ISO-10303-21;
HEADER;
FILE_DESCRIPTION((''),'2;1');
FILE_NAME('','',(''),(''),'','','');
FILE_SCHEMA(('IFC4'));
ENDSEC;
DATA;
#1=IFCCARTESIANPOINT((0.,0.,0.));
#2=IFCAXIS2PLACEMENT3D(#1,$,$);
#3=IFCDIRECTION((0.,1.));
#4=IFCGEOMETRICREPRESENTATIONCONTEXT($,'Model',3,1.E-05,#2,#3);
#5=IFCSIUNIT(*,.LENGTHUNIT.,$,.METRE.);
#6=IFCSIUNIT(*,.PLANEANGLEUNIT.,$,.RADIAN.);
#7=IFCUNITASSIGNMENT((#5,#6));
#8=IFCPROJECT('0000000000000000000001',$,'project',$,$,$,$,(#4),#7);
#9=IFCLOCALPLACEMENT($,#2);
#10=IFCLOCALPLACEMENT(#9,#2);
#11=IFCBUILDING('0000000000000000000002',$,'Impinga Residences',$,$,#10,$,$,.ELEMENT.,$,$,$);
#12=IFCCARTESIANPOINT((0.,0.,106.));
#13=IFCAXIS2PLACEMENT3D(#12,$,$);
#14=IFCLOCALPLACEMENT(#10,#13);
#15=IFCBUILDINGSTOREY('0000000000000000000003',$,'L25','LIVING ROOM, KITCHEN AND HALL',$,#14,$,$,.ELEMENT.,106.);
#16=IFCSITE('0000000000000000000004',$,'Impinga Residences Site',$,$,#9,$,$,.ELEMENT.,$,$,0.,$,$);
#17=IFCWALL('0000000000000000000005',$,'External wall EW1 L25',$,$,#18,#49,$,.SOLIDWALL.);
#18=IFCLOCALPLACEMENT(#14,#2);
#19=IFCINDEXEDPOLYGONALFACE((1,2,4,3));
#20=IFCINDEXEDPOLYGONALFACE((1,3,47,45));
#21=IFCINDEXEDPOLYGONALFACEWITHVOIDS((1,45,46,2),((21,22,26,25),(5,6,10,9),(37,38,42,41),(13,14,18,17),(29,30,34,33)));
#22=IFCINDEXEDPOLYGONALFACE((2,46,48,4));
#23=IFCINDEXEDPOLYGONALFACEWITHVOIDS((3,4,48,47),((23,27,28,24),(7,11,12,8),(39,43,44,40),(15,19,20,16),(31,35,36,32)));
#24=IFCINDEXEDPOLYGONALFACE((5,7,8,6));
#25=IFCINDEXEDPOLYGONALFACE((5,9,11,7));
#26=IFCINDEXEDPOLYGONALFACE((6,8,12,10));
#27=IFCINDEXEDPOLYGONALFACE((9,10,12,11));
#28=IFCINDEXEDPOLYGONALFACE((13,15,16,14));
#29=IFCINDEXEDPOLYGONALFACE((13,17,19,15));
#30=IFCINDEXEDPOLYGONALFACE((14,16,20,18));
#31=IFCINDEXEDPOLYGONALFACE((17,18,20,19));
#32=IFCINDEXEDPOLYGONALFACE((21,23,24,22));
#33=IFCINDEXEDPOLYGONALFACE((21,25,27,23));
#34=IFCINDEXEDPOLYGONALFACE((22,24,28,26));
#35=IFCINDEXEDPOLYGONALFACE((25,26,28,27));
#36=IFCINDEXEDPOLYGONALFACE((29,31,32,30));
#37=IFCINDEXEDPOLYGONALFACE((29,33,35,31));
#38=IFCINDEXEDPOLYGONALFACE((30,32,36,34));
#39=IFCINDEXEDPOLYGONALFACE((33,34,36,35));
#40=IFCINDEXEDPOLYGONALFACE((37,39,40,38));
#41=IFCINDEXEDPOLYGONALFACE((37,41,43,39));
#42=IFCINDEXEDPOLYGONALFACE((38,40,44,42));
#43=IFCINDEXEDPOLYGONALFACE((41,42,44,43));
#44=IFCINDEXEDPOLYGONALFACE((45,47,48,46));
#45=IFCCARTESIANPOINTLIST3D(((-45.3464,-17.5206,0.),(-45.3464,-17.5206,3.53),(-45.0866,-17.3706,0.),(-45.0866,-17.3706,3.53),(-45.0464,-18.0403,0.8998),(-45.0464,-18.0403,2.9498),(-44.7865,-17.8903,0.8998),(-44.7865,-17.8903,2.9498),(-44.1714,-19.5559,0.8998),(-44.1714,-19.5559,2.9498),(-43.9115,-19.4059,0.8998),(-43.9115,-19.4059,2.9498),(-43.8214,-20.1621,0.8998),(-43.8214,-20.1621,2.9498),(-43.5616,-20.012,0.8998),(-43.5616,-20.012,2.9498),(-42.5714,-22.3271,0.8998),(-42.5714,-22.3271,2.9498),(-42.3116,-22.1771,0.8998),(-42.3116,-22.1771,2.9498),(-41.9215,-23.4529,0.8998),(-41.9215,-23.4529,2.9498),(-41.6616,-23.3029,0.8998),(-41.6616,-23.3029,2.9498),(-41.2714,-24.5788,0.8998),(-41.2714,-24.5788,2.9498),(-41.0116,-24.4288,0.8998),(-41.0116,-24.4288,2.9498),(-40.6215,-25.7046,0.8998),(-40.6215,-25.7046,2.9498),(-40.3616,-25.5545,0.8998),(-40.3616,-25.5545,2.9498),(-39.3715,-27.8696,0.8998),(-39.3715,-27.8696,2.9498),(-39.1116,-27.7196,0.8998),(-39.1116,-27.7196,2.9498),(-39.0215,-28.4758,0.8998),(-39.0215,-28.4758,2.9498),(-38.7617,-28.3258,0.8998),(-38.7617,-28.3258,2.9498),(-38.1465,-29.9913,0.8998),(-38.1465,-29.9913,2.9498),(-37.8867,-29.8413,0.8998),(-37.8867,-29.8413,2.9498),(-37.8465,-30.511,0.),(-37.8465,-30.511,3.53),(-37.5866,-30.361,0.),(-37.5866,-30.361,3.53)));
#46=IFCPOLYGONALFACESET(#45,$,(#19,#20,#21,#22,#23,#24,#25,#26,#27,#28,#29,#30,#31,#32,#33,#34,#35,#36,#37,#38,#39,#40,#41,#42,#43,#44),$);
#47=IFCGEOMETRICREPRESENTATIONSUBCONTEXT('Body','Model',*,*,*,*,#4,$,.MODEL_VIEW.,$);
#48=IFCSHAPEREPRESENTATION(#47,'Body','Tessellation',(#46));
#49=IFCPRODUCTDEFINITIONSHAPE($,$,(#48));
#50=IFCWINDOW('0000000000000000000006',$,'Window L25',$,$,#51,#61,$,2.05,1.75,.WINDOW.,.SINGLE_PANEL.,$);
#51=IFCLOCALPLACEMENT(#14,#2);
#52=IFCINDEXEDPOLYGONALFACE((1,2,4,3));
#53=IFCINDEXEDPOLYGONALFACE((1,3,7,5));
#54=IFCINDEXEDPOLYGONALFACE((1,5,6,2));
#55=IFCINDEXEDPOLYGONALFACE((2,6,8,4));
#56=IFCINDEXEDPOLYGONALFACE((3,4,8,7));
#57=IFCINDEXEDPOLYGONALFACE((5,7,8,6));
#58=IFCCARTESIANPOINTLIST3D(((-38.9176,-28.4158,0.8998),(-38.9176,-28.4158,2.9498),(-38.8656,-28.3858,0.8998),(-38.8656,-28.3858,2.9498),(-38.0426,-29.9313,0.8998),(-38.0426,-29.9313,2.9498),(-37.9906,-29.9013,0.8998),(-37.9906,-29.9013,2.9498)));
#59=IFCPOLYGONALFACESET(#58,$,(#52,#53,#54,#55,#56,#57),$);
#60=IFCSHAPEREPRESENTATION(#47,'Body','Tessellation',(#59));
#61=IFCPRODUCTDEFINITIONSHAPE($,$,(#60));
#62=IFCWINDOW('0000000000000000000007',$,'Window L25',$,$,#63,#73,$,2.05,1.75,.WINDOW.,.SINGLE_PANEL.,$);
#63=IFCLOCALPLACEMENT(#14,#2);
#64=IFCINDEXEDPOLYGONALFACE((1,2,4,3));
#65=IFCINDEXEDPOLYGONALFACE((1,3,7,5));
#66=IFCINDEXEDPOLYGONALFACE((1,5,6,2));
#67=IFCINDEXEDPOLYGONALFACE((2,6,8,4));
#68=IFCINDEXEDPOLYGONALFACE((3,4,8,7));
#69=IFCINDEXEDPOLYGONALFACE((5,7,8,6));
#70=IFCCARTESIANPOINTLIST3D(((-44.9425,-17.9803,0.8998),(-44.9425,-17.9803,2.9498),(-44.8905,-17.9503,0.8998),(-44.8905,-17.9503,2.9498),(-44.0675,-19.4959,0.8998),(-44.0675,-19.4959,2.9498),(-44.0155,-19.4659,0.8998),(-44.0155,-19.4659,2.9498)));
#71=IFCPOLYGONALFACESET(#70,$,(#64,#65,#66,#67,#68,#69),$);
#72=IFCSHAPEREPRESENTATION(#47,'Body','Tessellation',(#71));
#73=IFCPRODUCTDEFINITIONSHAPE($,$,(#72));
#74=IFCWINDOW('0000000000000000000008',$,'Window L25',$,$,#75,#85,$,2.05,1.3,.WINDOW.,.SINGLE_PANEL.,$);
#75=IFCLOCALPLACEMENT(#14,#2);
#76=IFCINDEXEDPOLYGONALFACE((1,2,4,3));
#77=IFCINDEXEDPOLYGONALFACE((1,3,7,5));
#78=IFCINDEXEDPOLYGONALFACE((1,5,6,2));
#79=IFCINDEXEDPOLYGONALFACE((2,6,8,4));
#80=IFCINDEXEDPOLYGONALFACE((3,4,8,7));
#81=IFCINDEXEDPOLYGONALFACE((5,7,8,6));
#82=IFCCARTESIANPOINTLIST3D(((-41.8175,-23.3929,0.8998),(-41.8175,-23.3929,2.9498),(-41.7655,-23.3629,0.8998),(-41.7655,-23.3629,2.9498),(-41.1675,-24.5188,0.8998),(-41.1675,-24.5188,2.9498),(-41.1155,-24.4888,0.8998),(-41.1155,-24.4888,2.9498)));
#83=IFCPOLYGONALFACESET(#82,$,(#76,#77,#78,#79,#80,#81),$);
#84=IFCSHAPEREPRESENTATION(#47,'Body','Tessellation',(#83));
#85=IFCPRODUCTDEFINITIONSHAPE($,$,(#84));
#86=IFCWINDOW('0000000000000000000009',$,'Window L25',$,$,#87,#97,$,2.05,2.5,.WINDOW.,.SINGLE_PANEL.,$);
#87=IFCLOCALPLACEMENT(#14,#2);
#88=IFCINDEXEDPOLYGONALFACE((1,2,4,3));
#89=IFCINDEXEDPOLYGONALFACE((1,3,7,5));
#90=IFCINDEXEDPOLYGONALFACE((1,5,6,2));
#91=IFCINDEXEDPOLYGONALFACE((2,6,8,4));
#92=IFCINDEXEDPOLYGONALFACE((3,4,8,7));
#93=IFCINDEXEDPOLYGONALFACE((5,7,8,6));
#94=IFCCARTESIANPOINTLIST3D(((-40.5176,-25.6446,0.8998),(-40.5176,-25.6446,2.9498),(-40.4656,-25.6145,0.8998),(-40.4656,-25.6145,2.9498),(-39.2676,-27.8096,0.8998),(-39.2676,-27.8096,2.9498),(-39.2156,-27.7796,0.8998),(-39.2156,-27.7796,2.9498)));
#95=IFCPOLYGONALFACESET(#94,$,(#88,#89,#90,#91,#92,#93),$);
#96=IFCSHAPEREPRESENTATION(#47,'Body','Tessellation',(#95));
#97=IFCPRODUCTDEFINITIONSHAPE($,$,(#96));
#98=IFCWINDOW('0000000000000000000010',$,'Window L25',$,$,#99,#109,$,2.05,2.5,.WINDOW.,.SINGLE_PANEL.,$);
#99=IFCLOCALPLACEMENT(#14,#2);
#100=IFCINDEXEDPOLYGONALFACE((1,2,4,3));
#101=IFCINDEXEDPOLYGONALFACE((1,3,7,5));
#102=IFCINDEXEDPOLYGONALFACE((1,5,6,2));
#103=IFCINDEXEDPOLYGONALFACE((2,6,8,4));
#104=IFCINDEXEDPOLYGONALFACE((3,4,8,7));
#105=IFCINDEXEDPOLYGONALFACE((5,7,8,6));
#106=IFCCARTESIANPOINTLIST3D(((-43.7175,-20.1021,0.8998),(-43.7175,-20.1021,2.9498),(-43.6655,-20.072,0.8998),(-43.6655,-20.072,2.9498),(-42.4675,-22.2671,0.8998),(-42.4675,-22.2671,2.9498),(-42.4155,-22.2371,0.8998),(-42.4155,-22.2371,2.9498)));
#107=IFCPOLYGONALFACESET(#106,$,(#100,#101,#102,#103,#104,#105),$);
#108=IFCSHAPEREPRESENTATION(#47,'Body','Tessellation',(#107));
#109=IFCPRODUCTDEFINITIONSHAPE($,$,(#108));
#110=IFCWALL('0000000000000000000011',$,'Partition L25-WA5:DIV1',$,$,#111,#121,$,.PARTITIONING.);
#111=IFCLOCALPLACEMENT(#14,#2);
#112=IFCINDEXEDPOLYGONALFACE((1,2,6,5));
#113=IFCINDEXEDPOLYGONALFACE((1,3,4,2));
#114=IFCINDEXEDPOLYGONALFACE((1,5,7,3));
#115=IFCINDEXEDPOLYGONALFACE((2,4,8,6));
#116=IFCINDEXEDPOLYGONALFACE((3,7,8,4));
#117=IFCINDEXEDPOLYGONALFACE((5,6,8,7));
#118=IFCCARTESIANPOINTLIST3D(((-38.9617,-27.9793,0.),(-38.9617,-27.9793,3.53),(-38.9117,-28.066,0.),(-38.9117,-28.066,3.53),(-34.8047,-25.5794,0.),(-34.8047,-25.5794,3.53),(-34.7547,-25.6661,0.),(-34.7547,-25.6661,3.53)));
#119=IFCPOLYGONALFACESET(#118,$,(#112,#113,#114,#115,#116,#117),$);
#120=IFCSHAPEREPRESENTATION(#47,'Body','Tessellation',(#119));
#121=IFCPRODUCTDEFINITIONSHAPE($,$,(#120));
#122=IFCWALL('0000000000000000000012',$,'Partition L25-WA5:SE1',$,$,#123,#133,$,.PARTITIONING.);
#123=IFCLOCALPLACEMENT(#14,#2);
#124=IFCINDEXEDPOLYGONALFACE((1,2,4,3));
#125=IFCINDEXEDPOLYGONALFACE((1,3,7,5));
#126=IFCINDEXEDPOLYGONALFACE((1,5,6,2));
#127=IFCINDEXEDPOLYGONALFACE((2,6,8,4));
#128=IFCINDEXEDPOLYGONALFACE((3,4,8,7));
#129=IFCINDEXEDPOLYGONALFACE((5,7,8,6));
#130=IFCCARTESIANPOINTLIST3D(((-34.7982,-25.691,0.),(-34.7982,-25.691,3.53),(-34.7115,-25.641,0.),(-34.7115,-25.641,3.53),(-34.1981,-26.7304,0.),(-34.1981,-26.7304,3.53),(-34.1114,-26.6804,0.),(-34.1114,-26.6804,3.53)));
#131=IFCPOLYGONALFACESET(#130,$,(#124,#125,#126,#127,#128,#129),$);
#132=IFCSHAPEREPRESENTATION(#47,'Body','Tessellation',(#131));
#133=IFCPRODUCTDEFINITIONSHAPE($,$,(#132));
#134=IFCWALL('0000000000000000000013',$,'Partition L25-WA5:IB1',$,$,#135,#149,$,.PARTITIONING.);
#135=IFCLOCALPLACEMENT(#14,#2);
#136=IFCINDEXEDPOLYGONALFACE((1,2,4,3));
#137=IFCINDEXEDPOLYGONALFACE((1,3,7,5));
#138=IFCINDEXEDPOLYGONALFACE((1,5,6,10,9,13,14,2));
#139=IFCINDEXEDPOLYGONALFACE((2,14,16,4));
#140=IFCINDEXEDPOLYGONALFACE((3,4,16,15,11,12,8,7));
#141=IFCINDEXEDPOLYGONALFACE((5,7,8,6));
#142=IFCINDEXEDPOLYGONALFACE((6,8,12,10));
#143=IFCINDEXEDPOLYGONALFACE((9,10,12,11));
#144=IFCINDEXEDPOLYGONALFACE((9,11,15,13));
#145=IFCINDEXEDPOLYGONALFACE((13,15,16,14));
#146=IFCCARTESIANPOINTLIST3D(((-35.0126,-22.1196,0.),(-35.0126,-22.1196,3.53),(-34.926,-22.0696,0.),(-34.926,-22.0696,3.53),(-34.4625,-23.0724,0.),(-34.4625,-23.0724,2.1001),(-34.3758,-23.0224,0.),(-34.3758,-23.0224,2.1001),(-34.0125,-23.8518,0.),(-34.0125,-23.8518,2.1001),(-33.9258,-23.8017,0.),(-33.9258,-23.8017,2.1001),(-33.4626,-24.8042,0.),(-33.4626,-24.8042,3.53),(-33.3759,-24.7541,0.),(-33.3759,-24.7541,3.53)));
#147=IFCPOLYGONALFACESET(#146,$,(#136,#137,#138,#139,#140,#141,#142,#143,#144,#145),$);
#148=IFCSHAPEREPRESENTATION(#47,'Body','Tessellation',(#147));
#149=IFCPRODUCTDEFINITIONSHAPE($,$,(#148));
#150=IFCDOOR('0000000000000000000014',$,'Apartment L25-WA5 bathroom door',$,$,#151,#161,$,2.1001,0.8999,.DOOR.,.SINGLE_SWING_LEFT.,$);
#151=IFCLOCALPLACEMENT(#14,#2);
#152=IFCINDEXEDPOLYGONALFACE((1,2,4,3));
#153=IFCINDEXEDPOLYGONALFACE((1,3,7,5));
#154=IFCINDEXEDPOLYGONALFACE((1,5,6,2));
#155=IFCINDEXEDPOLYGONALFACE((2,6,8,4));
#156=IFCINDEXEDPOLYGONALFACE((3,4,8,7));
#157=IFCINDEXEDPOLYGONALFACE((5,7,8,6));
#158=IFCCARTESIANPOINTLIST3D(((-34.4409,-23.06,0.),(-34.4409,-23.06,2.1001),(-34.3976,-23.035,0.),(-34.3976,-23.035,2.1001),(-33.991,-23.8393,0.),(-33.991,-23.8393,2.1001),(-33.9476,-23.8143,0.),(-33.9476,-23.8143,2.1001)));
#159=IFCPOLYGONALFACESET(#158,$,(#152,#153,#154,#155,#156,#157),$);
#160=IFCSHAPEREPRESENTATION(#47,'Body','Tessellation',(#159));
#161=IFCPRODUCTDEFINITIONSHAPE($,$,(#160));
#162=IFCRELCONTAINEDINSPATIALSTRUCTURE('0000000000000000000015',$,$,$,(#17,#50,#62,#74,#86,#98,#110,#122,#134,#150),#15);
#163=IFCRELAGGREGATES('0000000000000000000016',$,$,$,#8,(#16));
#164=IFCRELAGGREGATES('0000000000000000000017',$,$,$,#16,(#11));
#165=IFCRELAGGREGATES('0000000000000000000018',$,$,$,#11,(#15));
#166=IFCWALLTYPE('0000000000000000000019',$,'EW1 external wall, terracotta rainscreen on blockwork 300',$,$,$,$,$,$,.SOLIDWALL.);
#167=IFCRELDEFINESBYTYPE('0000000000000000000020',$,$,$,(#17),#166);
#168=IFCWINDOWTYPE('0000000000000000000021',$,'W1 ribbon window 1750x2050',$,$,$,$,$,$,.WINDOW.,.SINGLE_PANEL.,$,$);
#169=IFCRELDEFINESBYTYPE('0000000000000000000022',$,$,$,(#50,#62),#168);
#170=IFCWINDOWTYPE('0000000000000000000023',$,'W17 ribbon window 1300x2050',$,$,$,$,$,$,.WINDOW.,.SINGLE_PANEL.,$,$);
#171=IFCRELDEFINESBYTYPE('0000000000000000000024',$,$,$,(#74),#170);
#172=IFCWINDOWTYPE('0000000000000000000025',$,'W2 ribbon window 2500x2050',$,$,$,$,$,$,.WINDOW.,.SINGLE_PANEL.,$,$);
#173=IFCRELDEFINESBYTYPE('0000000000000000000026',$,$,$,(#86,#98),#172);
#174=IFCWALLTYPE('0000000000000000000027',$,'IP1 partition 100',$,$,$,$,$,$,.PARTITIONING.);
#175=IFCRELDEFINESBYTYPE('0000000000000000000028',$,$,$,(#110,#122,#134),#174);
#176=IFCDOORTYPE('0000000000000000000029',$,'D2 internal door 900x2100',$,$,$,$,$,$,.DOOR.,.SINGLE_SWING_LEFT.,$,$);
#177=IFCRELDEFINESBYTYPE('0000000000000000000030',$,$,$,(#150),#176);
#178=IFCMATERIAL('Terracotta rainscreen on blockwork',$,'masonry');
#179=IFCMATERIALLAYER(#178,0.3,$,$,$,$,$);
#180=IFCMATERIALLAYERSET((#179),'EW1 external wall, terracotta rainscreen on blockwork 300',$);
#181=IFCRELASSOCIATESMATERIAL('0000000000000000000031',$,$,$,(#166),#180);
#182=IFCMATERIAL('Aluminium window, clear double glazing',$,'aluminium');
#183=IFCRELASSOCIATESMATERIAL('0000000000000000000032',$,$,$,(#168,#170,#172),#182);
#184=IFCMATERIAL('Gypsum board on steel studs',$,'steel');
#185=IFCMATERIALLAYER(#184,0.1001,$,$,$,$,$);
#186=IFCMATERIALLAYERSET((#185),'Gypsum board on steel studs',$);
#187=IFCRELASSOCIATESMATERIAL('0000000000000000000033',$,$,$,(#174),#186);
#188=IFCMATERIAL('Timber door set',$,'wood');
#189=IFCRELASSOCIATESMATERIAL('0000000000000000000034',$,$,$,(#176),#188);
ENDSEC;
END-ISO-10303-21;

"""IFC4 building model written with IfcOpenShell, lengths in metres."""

from ifc_helpers import new_model, si_unit, direction, frame, frame_2d, origin, place, context, subcontext, project, spatial, rectangle, extrude, material, layer, layer_set, type_object, element, fill, save


model = new_model("IFC4")

# Units and contexts
model_context = context("Model", 3, precision=1e-05, world=origin(), true_north=direction((0.0, 1.0)))
body_context = subcontext(model_context, "Body", "Model", "MODEL_VIEW")
ifc_project = project(units=[si_unit("LENGTHUNIT", "METRE"), si_unit("PLANEANGLEUNIT", "RADIAN")], contexts=[model_context])

# Site, building, storey
site_placement = place(None, origin())
site = spatial("IfcSite", under=ifc_project, at=site_placement, Name="Impinga Residences Site", CompositionType="ELEMENT", RefElevation=0.0)
building_placement = place(site_placement, origin())
building = spatial("IfcBuilding", under=site, at=building_placement, Name="Impinga Residences", CompositionType="ELEMENT")
storey_placement = place(building_placement, frame((0.0, 0.0, 106.0)))
storey = spatial("IfcBuildingStorey", under=building, at=storey_placement, Name="L25", Description="LIVING ROOM, KITCHEN AND HALL", CompositionType="ELEMENT", Elevation=106.0)

# Shared definitions
ifc_material_1 = material(Name="Terracotta rainscreen on blockwork", Category="masonry")
ifc_layer_1 = layer(ifc_material_1, 0.3)
ifc_layer_set_1 = layer_set([ifc_layer_1], Name="EW1 external wall, terracotta rainscreen on blockwork 300")
wall_type_1 = type_object("IfcWallType", Name="EW1 external wall, terracotta rainscreen on blockwork 300", PredefinedType="SOLIDWALL", material=ifc_layer_set_1)

# Wall, openings, windows
wall_1_placement = place(storey_placement, frame((-37.7166, -30.436, 0.0), z_axis=(0.0, 0.0, 1.0), x_axis=(-0.499997, 0.866027, 0.0)))
wall_1 = element("IfcWall", 1, at=wall_1_placement, inside=storey, type_object=wall_type_1, Name="External wall EW1 L25", PredefinedType="SOLIDWALL", context=body_context, shape_type="SweptSolid", body=[
    extrude(rectangle(XDim=15.0, YDim=0.3, at=frame_2d((7.5, 0.0))), origin(), (0.0, 0.0, 1.0), 3.53),
])
opening_1_placement = place(wall_1_placement, frame((0.6001, 0.0, 0.8999)))
opening_1 = element("IfcOpeningElement", 2, at=opening_1_placement, cuts=wall_1, PredefinedType="OPENING", context=body_context, shape_type="SweptSolid", body=[
    extrude(rectangle(XDim=1.75, YDim=2.05, at=frame_2d((0.875, 1.0249))), frame((0.0, 0.1599, 0.0), z_axis=(0.0, -1.0, 0.0), x_axis=(1.0, 0.0, 0.0)), (0.0, 0.0, 1.0), 0.3201),
])
opening_2_placement = place(wall_1_placement, frame((3.05, 0.0, 0.8999)))
opening_2 = element("IfcOpeningElement", 3, at=opening_2_placement, cuts=wall_1, PredefinedType="OPENING", context=body_context, shape_type="SweptSolid", body=[
    extrude(rectangle(XDim=2.5, YDim=2.05, at=frame_2d((1.25, 1.0249))), frame((0.0, 0.1599, 0.0), z_axis=(0.0, -1.0, 0.0), x_axis=(1.0, 0.0, 0.0)), (0.0, 0.0, 1.0), 0.3201),
])
opening_3_placement = place(wall_1_placement, frame((6.8501, 0.0, 0.8999)))
opening_3 = element("IfcOpeningElement", 4, at=opening_3_placement, cuts=wall_1, PredefinedType="OPENING", context=body_context, shape_type="SweptSolid", body=[
    extrude(rectangle(XDim=1.3, YDim=2.05, at=frame_2d((0.6499, 1.0249))), frame((0.0, 0.1599, 0.0), z_axis=(0.0, -1.0, 0.0), x_axis=(1.0, 0.0, 0.0)), (0.0, 0.0, 1.0), 0.3201),
])
opening_4_placement = place(wall_1_placement, frame((9.45, 0.0, 0.8999)))
opening_4 = element("IfcOpeningElement", 5, at=opening_4_placement, cuts=wall_1, PredefinedType="OPENING", context=body_context, shape_type="SweptSolid", body=[
    extrude(rectangle(XDim=2.5, YDim=2.05, at=frame_2d((1.25, 1.0249))), frame((0.0, 0.1599, 0.0), z_axis=(0.0, -1.0, 0.0), x_axis=(1.0, 0.0, 0.0)), (0.0, 0.0, 1.0), 0.3201),
])
opening_5_placement = place(wall_1_placement, frame((12.6499, 0.0, 0.8999)))
opening_5 = element("IfcOpeningElement", 6, at=opening_5_placement, cuts=wall_1, PredefinedType="OPENING", context=body_context, shape_type="SweptSolid", body=[
    extrude(rectangle(XDim=1.75, YDim=2.05, at=frame_2d((0.875, 1.0249))), frame((0.0, 0.1599, 0.0), z_axis=(0.0, -1.0, 0.0), x_axis=(1.0, 0.0, 0.0)), (0.0, 0.0, 1.0), 0.3201),
])
ifc_material_2 = material(Name="Aluminium window, clear double glazing", Category="aluminium")
window_type_1 = type_object("IfcWindowType", Name="W1 ribbon window 1750x2050", PartitioningType="SINGLE_PANEL", PredefinedType="WINDOW", material=ifc_material_2)
window_1_placement = place(opening_1_placement, origin())
window_1 = element("IfcWindow", 7, at=window_1_placement, inside=storey, type_object=window_type_1, Name="Window L25", OverallHeight=2.05, OverallWidth=1.75, PartitioningType="SINGLE_PANEL", PredefinedType="WINDOW", context=body_context, shape_type="SweptSolid", body=[
    extrude(rectangle(XDim=1.75, YDim=2.05, at=frame_2d((0.875, 1.0249))), frame((0.0, 0.03, 0.0), z_axis=(0.0, -1.0, 0.0), x_axis=(1.0, 0.0, 0.0)), (0.0, 0.0, 1.0), 0.0601),
])
fill(opening_1, window_1)
window_2_placement = place(opening_5_placement, origin())
window_2 = element("IfcWindow", 8, at=window_2_placement, inside=storey, type_object=window_type_1, Name="Window L25", OverallHeight=2.05, OverallWidth=1.75, PartitioningType="SINGLE_PANEL", PredefinedType="WINDOW", context=body_context, shape_type="SweptSolid", body=[
    extrude(rectangle(XDim=1.75, YDim=2.05, at=frame_2d((0.875, 1.0249))), frame((0.0, 0.03, 0.0), z_axis=(0.0, -1.0, 0.0), x_axis=(1.0, 0.0, 0.0)), (0.0, 0.0, 1.0), 0.0601),
])
fill(opening_5, window_2)
window_type_2 = type_object("IfcWindowType", Name="W17 ribbon window 1300x2050", PartitioningType="SINGLE_PANEL", PredefinedType="WINDOW", material=ifc_material_2)
window_3_placement = place(opening_3_placement, origin())
window_3 = element("IfcWindow", 9, at=window_3_placement, inside=storey, type_object=window_type_2, Name="Window L25", OverallHeight=2.05, OverallWidth=1.3, PartitioningType="SINGLE_PANEL", PredefinedType="WINDOW", context=body_context, shape_type="SweptSolid", body=[
    extrude(rectangle(XDim=1.3, YDim=2.05, at=frame_2d((0.6499, 1.0249))), frame((0.0, 0.03, 0.0), z_axis=(0.0, -1.0, 0.0), x_axis=(1.0, 0.0, 0.0)), (0.0, 0.0, 1.0), 0.0601),
])
fill(opening_3, window_3)
window_type_3 = type_object("IfcWindowType", Name="W2 ribbon window 2500x2050", PartitioningType="SINGLE_PANEL", PredefinedType="WINDOW", material=ifc_material_2)
window_4_placement = place(opening_2_placement, origin())
window_4 = element("IfcWindow", 10, at=window_4_placement, inside=storey, type_object=window_type_3, Name="Window L25", OverallHeight=2.05, OverallWidth=2.5, PartitioningType="SINGLE_PANEL", PredefinedType="WINDOW", context=body_context, shape_type="SweptSolid", body=[
    extrude(rectangle(XDim=2.5, YDim=2.05, at=frame_2d((1.25, 1.0249))), frame((0.0, 0.03, 0.0), z_axis=(0.0, -1.0, 0.0), x_axis=(1.0, 0.0, 0.0)), (0.0, 0.0, 1.0), 0.0601),
])
fill(opening_2, window_4)
window_5_placement = place(opening_4_placement, origin())
window_5 = element("IfcWindow", 11, at=window_5_placement, inside=storey, type_object=window_type_3, Name="Window L25", OverallHeight=2.05, OverallWidth=2.5, PartitioningType="SINGLE_PANEL", PredefinedType="WINDOW", context=body_context, shape_type="SweptSolid", body=[
    extrude(rectangle(XDim=2.5, YDim=2.05, at=frame_2d((1.25, 1.0249))), frame((0.0, 0.03, 0.0), z_axis=(0.0, -1.0, 0.0), x_axis=(1.0, 0.0, 0.0)), (0.0, 0.0, 1.0), 0.0601),
])
fill(opening_4, window_5)

# Walls
ifc_material_3 = material(Name="Gypsum board on steel studs", Category="steel")
ifc_layer_2 = layer(ifc_material_3, 0.1001)
ifc_layer_set_2 = layer_set([ifc_layer_2], Name="Gypsum board on steel studs")
wall_type_2 = type_object("IfcWallType", Name="IP1 partition 100", PredefinedType="PARTITIONING", material=ifc_layer_set_2)
wall_2_placement = place(storey_placement, frame((-34.7798, -25.6228, 0.0), z_axis=(0.0, 0.0, 1.0), x_axis=(-0.866037, -0.499979, 0.0)))
element("IfcWall", 12, at=wall_2_placement, inside=storey, type_object=wall_type_2, Name="Partition L25-WA5:DIV1", PredefinedType="PARTITIONING", context=body_context, shape_type="SweptSolid", body=[
    extrude(rectangle(XDim=4.8, YDim=0.1001, at=frame_2d((2.3999, 0.0))), origin(), (0.0, 0.0, 1.0), 3.53),
])
wall_3_placement = place(storey_placement, frame((-34.7549, -25.666, 0.0), z_axis=(0.0, 0.0, 1.0), x_axis=(0.500034, -0.866006, 0.0)))
element("IfcWall", 13, at=wall_3_placement, inside=storey, type_object=wall_type_2, Name="Partition L25-WA5:SE1", PredefinedType="PARTITIONING", context=body_context, shape_type="SweptSolid", body=[
    extrude(rectangle(XDim=1.2002, YDim=0.1001, at=frame_2d((0.6001, 0.0))), origin(), (0.0, 0.0, 1.0), 3.53),
])

# Wall, opening, door
wall_4_placement = place(storey_placement, frame((-34.9692, -22.0947, 0.0), z_axis=(0.0, 0.0, 1.0), x_axis=(0.500027, -0.86601, 0.0)))
wall_4 = element("IfcWall", 14, at=wall_4_placement, inside=storey, type_object=wall_type_2, Name="Partition L25-WA5:IB1", PredefinedType="PARTITIONING", context=body_context, shape_type="SweptSolid", body=[
    extrude(rectangle(XDim=3.0999, YDim=0.1001, at=frame_2d((1.5498, 0.0))), origin(), (0.0, 0.0, 1.0), 3.53),
])
opening_6_placement = place(wall_4_placement, frame((1.1001, 0.0, 0.0)))
opening_6 = element("IfcOpeningElement", 15, at=opening_6_placement, cuts=wall_4, PredefinedType="OPENING", context=body_context, shape_type="SweptSolid", body=[
    extrude(rectangle(XDim=0.8999, YDim=2.1001, at=frame_2d((0.45, 1.05))), frame((0.0, 0.0601, 0.0), z_axis=(0.0, -1.0, 0.0), x_axis=(1.0, 0.0, 0.0)), (0.0, 0.0, 1.0), 0.1201),
])
ifc_material_4 = material(Name="Timber door set", Category="wood")
door_type = type_object("IfcDoorType", Name="D2 internal door 900x2100", OperationType="SINGLE_SWING_LEFT", PredefinedType="DOOR", material=ifc_material_4)
door_placement = place(opening_6_placement, origin())
door = element("IfcDoor", 16, at=door_placement, inside=storey, type_object=door_type, Name="Apartment L25-WA5 bathroom door", OperationType="SINGLE_SWING_LEFT", OverallHeight=2.1001, OverallWidth=0.8999, PredefinedType="DOOR", context=body_context, shape_type="SweptSolid", body=[
    extrude(rectangle(XDim=0.8999, YDim=2.1001, at=frame_2d((0.45, 1.05))), frame((0.0, 0.0249, 0.0), z_axis=(0.0, -1.0, 0.0), x_axis=(1.0, 0.0, 0.0)), (0.0, 0.0, 1.0), 0.05),
])
fill(opening_6, door)

save(model, "model.ifc")
